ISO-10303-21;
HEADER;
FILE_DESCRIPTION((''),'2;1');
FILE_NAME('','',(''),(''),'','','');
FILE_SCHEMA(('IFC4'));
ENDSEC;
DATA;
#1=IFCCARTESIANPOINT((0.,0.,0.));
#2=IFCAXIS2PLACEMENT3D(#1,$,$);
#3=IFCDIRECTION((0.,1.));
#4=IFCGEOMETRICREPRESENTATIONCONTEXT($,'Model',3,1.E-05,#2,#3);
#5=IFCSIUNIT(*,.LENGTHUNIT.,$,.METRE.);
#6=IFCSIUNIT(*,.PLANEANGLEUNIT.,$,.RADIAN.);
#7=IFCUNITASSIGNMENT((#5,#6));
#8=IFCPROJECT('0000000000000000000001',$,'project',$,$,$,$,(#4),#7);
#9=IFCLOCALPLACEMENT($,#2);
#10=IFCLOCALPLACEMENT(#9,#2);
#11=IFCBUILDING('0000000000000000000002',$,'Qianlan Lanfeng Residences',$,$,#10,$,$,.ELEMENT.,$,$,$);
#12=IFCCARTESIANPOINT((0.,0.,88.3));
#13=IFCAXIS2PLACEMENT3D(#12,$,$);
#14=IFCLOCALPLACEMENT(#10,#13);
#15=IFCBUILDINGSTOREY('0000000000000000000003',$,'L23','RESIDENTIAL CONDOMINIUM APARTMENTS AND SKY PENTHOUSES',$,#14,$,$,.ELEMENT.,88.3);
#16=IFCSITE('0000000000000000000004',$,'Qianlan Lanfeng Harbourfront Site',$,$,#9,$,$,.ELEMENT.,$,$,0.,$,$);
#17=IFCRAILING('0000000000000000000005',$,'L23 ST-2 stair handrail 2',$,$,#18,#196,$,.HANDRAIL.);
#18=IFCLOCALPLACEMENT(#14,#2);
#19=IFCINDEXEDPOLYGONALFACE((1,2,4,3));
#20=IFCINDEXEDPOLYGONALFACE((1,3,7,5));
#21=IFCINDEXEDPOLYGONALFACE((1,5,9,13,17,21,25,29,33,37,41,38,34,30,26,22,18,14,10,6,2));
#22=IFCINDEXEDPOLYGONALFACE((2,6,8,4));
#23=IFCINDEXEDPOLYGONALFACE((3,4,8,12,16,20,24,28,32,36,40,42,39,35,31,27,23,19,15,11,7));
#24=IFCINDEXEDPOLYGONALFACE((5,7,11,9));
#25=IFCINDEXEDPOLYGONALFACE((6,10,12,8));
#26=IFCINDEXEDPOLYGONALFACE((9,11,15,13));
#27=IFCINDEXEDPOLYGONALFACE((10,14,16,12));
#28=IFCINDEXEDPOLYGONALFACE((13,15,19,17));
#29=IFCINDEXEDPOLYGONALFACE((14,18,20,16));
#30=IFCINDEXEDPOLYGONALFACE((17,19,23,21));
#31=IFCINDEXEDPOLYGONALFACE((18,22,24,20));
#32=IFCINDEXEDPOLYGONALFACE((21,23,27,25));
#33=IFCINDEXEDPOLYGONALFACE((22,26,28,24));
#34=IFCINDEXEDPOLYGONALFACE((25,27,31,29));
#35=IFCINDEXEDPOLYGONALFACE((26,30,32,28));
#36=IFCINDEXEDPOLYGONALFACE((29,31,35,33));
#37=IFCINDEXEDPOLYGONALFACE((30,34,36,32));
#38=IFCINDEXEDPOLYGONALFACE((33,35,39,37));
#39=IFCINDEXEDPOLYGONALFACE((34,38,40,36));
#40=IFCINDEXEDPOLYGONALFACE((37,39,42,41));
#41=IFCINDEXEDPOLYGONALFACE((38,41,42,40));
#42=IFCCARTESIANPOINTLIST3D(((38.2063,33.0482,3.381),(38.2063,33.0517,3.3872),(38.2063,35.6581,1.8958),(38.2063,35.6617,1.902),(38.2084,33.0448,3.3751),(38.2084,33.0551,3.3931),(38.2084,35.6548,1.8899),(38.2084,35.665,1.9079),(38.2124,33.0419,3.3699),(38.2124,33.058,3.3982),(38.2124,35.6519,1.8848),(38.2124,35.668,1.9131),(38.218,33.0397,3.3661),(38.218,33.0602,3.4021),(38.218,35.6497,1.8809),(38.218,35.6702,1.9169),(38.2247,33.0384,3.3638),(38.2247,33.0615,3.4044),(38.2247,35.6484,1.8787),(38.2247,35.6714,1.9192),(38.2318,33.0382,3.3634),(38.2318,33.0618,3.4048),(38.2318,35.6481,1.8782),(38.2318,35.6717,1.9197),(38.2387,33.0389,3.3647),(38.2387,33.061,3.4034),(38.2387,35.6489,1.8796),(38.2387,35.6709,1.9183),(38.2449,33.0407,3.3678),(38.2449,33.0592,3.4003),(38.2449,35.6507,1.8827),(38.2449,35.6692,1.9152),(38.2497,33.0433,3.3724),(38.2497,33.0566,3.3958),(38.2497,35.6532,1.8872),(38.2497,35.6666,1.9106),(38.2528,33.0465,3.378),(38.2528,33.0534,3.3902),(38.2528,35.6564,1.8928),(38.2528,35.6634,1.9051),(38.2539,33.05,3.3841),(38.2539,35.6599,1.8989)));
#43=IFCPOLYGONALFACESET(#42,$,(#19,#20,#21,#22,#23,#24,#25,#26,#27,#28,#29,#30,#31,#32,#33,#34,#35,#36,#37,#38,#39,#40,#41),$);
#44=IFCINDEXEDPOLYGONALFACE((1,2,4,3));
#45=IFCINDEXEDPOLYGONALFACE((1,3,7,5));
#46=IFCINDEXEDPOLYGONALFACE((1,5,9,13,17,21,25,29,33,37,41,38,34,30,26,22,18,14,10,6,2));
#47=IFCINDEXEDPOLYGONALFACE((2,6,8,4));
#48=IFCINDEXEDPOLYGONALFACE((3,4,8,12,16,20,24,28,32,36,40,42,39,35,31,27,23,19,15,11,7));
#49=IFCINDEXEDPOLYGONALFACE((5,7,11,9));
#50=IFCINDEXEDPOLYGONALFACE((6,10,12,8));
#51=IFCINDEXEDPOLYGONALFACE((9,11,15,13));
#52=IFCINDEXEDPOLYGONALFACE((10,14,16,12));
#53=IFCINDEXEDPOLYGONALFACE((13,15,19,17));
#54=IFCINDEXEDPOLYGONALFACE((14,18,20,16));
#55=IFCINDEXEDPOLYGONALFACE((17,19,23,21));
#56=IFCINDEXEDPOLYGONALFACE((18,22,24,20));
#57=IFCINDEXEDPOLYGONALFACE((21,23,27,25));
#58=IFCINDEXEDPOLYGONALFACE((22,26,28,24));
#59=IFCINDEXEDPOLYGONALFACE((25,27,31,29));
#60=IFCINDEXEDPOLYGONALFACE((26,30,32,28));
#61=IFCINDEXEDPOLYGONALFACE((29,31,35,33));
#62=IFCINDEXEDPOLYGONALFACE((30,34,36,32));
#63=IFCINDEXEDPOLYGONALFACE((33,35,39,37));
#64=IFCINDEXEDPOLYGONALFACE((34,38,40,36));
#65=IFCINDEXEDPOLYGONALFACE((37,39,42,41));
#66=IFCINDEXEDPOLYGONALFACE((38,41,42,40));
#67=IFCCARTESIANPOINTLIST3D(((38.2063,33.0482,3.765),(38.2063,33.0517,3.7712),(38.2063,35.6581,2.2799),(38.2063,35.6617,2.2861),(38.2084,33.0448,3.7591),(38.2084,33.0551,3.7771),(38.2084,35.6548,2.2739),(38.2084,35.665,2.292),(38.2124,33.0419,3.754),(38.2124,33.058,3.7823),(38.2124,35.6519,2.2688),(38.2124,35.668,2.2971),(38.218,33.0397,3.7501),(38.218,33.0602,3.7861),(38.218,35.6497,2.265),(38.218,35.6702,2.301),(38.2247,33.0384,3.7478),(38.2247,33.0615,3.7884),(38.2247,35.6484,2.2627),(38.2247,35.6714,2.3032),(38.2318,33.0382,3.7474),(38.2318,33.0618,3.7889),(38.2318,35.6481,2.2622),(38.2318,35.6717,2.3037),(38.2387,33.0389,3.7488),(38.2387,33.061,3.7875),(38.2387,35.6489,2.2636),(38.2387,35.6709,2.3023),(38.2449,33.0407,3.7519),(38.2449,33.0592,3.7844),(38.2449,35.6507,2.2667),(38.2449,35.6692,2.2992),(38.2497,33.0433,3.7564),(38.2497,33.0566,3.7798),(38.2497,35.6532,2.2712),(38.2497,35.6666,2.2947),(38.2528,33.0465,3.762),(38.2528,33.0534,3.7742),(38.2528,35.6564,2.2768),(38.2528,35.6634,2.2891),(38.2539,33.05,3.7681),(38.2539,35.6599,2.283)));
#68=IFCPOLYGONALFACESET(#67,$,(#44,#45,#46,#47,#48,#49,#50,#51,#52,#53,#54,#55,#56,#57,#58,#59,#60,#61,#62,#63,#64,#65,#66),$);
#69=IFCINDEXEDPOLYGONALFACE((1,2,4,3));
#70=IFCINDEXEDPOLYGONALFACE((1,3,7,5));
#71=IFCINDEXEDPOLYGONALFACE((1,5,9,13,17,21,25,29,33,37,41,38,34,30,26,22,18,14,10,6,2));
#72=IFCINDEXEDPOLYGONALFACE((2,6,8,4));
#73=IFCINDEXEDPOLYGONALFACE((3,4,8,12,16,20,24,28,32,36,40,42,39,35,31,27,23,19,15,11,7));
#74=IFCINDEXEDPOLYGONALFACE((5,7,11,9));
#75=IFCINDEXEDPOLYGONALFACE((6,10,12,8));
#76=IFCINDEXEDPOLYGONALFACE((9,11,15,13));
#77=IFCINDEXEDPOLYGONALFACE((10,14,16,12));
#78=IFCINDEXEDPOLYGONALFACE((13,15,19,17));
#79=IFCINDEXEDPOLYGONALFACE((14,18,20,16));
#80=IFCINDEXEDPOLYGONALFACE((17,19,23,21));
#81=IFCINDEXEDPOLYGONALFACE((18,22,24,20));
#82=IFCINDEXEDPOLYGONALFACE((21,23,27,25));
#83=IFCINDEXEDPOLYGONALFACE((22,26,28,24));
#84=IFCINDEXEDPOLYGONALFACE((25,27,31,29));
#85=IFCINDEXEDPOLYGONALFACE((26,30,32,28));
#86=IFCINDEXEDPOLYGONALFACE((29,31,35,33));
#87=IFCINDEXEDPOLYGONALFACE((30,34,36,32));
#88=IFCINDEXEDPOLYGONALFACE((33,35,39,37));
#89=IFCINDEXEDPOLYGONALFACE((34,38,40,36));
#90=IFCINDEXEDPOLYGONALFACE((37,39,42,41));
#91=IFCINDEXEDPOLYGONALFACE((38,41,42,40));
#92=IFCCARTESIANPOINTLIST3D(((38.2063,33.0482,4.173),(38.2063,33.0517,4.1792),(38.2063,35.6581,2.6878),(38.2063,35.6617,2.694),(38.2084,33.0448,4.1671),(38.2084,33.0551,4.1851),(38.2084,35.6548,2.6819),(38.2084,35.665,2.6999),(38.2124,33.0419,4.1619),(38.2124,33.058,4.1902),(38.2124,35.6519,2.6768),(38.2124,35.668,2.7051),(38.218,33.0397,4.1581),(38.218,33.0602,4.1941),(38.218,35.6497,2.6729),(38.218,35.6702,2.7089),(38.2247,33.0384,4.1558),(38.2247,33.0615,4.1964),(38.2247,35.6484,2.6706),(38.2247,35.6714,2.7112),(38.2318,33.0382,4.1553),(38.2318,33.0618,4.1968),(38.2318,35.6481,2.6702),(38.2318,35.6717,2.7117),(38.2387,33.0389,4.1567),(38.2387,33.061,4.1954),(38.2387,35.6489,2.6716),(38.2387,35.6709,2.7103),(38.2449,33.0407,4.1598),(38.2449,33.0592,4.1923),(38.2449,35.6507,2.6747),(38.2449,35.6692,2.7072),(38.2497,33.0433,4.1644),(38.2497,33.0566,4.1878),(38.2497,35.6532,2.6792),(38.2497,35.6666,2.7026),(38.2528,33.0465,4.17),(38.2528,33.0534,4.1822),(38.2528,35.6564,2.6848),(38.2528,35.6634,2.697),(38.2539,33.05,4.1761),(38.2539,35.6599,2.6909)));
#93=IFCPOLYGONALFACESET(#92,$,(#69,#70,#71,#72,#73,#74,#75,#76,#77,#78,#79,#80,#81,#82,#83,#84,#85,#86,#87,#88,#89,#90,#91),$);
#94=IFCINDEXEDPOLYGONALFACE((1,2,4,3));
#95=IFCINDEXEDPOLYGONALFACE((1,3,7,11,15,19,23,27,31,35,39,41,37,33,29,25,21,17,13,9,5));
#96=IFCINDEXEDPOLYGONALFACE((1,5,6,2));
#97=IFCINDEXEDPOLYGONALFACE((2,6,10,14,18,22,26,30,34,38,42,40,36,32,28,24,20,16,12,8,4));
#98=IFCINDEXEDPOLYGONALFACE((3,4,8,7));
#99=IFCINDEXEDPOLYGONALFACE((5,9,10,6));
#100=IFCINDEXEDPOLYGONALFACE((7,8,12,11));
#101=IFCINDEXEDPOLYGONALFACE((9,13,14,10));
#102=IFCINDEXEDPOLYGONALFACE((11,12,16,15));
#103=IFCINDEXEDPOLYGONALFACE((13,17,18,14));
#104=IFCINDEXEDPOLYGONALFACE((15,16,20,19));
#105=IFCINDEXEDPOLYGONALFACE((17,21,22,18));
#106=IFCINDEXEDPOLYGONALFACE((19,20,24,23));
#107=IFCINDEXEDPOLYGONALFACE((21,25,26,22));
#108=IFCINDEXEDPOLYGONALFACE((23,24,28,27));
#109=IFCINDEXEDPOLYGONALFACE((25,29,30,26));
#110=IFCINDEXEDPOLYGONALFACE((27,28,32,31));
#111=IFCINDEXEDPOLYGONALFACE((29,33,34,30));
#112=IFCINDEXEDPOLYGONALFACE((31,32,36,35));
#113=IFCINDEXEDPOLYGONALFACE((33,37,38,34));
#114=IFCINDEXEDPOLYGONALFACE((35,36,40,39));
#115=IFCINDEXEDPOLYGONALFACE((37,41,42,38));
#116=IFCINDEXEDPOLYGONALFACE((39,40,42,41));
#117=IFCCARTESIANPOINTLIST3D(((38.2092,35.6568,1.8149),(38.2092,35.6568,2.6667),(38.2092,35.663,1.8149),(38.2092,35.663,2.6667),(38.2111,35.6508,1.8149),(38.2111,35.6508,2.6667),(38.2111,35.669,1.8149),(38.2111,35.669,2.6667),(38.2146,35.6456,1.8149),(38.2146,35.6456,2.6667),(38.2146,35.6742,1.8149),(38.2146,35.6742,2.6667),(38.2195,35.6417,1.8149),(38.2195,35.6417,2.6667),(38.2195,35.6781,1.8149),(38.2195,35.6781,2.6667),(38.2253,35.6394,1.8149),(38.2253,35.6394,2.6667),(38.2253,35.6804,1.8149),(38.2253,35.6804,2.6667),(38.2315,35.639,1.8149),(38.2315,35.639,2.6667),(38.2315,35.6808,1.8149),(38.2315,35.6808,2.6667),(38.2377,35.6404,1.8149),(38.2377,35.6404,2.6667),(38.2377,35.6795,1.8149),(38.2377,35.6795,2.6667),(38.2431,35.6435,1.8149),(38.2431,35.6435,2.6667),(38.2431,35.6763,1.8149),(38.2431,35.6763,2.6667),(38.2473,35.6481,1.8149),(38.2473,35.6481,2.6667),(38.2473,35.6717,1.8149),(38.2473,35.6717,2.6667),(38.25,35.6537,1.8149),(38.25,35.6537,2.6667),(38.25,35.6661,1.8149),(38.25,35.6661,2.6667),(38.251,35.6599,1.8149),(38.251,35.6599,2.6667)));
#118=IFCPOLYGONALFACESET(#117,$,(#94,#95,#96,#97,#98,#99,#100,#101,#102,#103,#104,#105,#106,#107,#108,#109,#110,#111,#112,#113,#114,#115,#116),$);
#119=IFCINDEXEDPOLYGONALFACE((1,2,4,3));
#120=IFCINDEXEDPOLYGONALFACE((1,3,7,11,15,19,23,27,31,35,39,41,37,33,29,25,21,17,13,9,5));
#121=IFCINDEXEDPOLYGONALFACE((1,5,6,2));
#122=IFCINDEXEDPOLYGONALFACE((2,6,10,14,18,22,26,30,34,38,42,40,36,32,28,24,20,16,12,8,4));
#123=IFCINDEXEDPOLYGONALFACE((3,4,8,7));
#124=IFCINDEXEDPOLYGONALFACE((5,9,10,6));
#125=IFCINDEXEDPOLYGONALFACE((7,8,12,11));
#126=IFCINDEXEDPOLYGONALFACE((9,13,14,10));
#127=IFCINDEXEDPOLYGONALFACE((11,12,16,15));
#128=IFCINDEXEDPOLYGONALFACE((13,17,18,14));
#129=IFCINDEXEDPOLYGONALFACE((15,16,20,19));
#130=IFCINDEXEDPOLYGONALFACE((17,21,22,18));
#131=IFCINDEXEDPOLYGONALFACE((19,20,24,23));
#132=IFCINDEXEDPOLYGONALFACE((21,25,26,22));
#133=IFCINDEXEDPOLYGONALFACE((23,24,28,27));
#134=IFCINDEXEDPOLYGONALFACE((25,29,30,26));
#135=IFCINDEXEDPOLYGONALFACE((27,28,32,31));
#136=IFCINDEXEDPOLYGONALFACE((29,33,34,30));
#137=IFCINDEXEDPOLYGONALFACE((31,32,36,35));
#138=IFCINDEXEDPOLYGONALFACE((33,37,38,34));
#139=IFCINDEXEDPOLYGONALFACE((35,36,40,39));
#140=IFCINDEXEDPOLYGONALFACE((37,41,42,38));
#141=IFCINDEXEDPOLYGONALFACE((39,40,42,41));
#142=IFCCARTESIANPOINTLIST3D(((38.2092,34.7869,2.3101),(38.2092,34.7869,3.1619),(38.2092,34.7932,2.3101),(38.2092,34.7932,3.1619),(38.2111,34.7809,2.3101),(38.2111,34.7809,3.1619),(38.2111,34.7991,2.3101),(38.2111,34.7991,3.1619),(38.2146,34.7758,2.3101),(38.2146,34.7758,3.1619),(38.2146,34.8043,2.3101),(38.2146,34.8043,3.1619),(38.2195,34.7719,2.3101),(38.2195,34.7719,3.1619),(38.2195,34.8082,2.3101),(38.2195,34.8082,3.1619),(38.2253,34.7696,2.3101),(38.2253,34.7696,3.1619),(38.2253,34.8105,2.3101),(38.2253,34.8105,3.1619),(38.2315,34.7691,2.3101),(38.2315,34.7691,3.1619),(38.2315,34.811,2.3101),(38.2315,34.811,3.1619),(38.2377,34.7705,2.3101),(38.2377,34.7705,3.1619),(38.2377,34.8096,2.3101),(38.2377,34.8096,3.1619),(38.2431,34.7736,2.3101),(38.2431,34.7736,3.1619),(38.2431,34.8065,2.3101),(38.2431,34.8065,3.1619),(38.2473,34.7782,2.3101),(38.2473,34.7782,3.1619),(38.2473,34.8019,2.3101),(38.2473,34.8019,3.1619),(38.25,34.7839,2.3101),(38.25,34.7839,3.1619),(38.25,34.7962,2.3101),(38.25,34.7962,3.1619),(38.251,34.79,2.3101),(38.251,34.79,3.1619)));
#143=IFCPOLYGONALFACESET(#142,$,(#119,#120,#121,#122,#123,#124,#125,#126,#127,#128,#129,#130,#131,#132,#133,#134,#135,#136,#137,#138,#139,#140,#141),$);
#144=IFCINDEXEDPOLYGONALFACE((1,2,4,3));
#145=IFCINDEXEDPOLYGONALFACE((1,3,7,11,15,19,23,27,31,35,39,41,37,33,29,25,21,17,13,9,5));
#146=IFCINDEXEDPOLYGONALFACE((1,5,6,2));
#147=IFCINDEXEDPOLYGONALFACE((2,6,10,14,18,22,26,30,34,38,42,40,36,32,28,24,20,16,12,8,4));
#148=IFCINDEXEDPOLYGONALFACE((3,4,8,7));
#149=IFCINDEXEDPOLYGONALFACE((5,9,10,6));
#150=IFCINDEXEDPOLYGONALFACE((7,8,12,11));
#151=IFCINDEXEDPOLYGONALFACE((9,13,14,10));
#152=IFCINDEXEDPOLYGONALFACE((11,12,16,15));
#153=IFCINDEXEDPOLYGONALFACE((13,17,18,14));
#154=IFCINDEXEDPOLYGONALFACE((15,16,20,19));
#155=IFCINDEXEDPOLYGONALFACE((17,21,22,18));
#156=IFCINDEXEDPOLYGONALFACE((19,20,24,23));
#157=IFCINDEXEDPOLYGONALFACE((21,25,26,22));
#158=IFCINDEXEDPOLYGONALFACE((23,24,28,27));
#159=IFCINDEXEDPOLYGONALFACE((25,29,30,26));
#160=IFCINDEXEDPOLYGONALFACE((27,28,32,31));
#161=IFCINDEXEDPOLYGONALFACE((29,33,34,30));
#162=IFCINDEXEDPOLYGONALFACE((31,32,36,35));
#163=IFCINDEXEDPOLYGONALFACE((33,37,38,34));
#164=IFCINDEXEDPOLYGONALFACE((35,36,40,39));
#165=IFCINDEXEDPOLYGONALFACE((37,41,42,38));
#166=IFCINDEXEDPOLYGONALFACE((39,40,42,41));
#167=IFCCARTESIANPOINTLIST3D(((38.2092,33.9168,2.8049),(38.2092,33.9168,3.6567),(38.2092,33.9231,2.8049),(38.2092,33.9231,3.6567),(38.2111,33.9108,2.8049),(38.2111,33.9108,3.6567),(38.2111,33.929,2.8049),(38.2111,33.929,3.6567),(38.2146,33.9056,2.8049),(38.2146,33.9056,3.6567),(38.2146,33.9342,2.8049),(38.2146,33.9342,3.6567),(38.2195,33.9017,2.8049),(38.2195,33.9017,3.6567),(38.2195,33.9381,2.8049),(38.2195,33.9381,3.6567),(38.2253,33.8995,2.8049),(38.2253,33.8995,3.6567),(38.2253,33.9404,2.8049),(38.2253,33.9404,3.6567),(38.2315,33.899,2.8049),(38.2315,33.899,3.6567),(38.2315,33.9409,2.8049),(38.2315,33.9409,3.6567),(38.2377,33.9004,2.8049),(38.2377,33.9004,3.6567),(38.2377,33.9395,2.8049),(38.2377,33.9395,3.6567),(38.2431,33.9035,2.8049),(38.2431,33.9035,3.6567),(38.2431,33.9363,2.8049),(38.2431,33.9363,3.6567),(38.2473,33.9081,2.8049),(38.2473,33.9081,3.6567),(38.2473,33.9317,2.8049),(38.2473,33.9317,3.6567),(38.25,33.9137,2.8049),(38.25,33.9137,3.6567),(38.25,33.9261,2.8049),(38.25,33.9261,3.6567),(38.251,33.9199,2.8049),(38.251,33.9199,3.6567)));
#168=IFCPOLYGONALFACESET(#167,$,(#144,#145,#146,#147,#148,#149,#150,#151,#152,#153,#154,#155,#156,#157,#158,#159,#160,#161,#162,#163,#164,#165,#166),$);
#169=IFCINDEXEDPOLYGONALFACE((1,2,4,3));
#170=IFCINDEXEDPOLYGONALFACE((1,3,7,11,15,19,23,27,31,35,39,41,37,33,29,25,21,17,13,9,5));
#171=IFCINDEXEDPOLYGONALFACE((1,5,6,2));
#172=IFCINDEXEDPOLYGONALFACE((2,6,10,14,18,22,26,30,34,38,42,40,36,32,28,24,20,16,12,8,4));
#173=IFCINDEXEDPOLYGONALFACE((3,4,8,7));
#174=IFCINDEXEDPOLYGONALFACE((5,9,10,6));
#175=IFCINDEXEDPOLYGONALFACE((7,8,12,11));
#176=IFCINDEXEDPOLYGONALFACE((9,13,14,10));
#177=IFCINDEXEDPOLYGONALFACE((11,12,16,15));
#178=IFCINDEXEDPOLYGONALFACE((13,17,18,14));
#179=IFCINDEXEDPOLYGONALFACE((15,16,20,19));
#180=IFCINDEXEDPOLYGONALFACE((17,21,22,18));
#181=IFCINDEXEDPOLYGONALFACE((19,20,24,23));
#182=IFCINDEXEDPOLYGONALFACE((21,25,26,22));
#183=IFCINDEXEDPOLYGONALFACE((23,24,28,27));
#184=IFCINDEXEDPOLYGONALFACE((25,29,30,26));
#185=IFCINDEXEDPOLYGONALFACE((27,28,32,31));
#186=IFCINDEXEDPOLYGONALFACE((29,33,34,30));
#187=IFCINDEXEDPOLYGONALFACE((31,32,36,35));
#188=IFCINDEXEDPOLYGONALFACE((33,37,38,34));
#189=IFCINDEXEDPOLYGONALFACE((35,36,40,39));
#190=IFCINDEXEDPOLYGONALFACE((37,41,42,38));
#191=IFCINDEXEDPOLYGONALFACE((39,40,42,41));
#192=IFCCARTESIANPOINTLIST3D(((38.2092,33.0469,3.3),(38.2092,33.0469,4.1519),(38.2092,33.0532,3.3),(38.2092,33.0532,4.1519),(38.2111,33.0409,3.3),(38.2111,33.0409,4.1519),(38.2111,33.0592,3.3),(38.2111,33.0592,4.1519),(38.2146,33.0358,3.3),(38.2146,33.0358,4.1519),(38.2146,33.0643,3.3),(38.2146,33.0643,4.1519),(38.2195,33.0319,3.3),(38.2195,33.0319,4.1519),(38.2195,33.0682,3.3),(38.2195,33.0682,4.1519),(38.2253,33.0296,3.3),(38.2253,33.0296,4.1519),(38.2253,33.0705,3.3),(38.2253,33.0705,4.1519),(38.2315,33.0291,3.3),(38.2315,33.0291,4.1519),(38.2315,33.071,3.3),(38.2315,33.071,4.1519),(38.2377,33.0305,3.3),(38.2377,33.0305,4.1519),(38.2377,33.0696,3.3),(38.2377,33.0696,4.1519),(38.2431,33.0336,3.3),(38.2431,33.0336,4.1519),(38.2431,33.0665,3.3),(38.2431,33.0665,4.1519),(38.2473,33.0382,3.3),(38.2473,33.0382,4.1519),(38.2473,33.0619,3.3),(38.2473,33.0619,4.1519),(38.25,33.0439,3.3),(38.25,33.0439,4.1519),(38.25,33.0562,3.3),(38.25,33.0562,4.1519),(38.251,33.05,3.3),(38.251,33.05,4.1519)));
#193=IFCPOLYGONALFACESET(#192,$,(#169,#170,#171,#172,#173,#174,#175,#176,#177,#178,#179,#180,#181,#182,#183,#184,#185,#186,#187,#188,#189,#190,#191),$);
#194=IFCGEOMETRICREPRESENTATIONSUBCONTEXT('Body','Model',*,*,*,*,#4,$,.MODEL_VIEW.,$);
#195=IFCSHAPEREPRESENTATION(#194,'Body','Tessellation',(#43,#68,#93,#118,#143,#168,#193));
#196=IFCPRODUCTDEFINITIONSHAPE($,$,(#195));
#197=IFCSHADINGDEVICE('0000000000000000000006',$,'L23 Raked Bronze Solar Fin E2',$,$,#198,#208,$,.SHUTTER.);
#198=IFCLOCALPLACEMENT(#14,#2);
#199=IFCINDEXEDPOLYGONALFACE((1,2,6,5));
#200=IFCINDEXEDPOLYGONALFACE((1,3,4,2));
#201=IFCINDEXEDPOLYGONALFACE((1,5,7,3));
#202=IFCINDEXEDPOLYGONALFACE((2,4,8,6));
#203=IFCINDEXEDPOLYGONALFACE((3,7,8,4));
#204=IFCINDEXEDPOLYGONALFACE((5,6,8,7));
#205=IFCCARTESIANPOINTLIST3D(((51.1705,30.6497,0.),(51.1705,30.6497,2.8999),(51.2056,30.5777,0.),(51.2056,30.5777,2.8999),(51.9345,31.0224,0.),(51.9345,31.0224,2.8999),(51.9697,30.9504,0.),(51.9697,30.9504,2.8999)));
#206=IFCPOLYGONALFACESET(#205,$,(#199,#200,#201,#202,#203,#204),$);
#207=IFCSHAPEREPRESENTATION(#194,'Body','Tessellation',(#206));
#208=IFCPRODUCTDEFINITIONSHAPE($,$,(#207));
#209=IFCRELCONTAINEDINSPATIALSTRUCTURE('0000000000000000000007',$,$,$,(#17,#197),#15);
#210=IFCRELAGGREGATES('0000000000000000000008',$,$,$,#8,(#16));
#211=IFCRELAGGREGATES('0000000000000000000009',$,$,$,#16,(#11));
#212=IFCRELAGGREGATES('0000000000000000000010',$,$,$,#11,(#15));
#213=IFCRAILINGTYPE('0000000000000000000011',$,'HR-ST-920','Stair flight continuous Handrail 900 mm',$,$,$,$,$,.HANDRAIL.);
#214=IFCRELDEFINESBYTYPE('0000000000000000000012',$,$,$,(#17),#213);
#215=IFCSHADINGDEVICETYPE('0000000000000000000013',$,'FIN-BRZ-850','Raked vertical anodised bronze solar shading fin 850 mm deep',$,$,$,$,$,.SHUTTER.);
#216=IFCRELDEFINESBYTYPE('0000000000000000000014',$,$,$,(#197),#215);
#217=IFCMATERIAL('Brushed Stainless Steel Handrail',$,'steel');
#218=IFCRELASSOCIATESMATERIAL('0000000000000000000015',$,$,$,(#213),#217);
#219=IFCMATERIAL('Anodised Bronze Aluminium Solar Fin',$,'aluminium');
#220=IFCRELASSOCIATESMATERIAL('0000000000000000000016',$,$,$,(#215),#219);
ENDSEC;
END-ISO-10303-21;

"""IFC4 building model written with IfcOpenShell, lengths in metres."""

from ifc_helpers import new_model, si_unit, direction, frame, origin, origin_2d, place, context, subcontext, project, spatial, rectangle, circle, extrude, source, transform, mapped, material, type_object, element, save


model = new_model("IFC4")

# Units and contexts
model_context = context("Model", 3, precision=1e-05, world=origin(), true_north=direction((0.0, 1.0)))
body_context = subcontext(model_context, "Body", "Model", "MODEL_VIEW")
ifc_project = project(units=[si_unit("LENGTHUNIT", "METRE"), si_unit("PLANEANGLEUNIT", "RADIAN")], contexts=[model_context])

# Site, building, storey
site_placement = place(None, origin())
site = spatial("IfcSite", under=ifc_project, at=site_placement, Name="Qianlan Lanfeng Harbourfront Site", CompositionType="ELEMENT", RefElevation=0.0)
building_placement = place(site_placement, origin())
building = spatial("IfcBuilding", under=site, at=building_placement, Name="Qianlan Lanfeng Residences", CompositionType="ELEMENT")
storey_placement = place(building_placement, frame((0.0, 0.0, 88.3)))
storey = spatial("IfcBuildingStorey", under=building, at=storey_placement, Name="L23", Description="RESIDENTIAL CONDOMINIUM APARTMENTS AND SKY PENTHOUSES", CompositionType="ELEMENT", Elevation=88.3)

# Railing
ifc_material_1 = material(Name="Brushed Stainless Steel Handrail", Category="steel")
railing_type_1 = type_object("IfcRailingType", Name="HR-ST-920", Description="Stair flight continuous Handrail 900 mm", PredefinedType="HANDRAIL", material=ifc_material_1)
railing_1_placement = place(storey_placement, frame((38.23, 35.6599, 1.8149)))
element("IfcRailing", 1, at=railing_1_placement, inside=storey, type_object=railing_type_1, Name="L23 ST-2 stair handrail 2", PredefinedType="HANDRAIL", context=body_context, shape_type="SweptSolid", body=[
    extrude(circle(Radius=0.0239, at=origin_2d()), frame((0.0, 0.0, 0.084), z_axis=(0.0, -0.869137, 0.494571), x_axis=(1.0, 0.0, 0.0)), (0.0, 0.0, 1.0), 3.0029),
    extrude(circle(Radius=0.0239, at=origin_2d()), frame((0.0, 0.0, 0.468), z_axis=(0.0, -0.869137, 0.494571), x_axis=(1.0, 0.0, 0.0)), (0.0, 0.0, 1.0), 3.0029),
    extrude(circle(Radius=0.0239, at=origin_2d()), frame((0.0, 0.0, 0.876), z_axis=(0.0, -0.869137, 0.494571), x_axis=(1.0, 0.0, 0.0)), (0.0, 0.0, 1.0), 3.0029),
    extrude(circle(Radius=0.021, at=origin_2d()), origin(), (0.0, 0.0, 1.0), 0.8518),
    extrude(circle(Radius=0.021, at=origin_2d()), frame((0.0, -0.8699, 0.4951)), (0.0, 0.0, 1.0), 0.8518),
    extrude(circle(Radius=0.021, at=origin_2d()), frame((0.0, -1.74, 0.99)), (0.0, 0.0, 1.0), 0.8518),
    extrude(circle(Radius=0.021, at=origin_2d()), frame((0.0, -2.6099, 1.4851)), (0.0, 0.0, 1.0), 0.8518),
])

# Shading device
ifc_material_2 = material(Name="Anodised Bronze Aluminium Solar Fin", Category="aluminium")
shading_device_type = type_object("IfcShadingDeviceType", Name="FIN-BRZ-850", Description="Raked vertical anodised bronze solar shading fin 850 mm deep", PredefinedType="SHUTTER", material=ifc_material_2)
shared_shape = source(origin(), body_context, "Body", "SweptSolid", [
    extrude(rectangle(XDim=0.8501, YDim=0.0801, at=origin_2d()), origin(), (0.0, 0.0, 1.0), 2.8999),
])
shading_device_placement = place(storey_placement, frame((51.5701, 30.8, 0.0), z_axis=(0.0, 0.0, 1.0), x_axis=(0.898794, 0.438371, 0.0)))
element("IfcShadingDevice", 2, at=shading_device_placement, inside=storey, type_object=shading_device_type, Name="L23 Raked Bronze Solar Fin E2", PredefinedType="SHUTTER", context=body_context, shape_type="MappedRepresentation", body=[
    mapped(shared_shape, transform((0.0, 0.0, 0.0), scale=1.0)),
])

save(model, "model.ifc")
